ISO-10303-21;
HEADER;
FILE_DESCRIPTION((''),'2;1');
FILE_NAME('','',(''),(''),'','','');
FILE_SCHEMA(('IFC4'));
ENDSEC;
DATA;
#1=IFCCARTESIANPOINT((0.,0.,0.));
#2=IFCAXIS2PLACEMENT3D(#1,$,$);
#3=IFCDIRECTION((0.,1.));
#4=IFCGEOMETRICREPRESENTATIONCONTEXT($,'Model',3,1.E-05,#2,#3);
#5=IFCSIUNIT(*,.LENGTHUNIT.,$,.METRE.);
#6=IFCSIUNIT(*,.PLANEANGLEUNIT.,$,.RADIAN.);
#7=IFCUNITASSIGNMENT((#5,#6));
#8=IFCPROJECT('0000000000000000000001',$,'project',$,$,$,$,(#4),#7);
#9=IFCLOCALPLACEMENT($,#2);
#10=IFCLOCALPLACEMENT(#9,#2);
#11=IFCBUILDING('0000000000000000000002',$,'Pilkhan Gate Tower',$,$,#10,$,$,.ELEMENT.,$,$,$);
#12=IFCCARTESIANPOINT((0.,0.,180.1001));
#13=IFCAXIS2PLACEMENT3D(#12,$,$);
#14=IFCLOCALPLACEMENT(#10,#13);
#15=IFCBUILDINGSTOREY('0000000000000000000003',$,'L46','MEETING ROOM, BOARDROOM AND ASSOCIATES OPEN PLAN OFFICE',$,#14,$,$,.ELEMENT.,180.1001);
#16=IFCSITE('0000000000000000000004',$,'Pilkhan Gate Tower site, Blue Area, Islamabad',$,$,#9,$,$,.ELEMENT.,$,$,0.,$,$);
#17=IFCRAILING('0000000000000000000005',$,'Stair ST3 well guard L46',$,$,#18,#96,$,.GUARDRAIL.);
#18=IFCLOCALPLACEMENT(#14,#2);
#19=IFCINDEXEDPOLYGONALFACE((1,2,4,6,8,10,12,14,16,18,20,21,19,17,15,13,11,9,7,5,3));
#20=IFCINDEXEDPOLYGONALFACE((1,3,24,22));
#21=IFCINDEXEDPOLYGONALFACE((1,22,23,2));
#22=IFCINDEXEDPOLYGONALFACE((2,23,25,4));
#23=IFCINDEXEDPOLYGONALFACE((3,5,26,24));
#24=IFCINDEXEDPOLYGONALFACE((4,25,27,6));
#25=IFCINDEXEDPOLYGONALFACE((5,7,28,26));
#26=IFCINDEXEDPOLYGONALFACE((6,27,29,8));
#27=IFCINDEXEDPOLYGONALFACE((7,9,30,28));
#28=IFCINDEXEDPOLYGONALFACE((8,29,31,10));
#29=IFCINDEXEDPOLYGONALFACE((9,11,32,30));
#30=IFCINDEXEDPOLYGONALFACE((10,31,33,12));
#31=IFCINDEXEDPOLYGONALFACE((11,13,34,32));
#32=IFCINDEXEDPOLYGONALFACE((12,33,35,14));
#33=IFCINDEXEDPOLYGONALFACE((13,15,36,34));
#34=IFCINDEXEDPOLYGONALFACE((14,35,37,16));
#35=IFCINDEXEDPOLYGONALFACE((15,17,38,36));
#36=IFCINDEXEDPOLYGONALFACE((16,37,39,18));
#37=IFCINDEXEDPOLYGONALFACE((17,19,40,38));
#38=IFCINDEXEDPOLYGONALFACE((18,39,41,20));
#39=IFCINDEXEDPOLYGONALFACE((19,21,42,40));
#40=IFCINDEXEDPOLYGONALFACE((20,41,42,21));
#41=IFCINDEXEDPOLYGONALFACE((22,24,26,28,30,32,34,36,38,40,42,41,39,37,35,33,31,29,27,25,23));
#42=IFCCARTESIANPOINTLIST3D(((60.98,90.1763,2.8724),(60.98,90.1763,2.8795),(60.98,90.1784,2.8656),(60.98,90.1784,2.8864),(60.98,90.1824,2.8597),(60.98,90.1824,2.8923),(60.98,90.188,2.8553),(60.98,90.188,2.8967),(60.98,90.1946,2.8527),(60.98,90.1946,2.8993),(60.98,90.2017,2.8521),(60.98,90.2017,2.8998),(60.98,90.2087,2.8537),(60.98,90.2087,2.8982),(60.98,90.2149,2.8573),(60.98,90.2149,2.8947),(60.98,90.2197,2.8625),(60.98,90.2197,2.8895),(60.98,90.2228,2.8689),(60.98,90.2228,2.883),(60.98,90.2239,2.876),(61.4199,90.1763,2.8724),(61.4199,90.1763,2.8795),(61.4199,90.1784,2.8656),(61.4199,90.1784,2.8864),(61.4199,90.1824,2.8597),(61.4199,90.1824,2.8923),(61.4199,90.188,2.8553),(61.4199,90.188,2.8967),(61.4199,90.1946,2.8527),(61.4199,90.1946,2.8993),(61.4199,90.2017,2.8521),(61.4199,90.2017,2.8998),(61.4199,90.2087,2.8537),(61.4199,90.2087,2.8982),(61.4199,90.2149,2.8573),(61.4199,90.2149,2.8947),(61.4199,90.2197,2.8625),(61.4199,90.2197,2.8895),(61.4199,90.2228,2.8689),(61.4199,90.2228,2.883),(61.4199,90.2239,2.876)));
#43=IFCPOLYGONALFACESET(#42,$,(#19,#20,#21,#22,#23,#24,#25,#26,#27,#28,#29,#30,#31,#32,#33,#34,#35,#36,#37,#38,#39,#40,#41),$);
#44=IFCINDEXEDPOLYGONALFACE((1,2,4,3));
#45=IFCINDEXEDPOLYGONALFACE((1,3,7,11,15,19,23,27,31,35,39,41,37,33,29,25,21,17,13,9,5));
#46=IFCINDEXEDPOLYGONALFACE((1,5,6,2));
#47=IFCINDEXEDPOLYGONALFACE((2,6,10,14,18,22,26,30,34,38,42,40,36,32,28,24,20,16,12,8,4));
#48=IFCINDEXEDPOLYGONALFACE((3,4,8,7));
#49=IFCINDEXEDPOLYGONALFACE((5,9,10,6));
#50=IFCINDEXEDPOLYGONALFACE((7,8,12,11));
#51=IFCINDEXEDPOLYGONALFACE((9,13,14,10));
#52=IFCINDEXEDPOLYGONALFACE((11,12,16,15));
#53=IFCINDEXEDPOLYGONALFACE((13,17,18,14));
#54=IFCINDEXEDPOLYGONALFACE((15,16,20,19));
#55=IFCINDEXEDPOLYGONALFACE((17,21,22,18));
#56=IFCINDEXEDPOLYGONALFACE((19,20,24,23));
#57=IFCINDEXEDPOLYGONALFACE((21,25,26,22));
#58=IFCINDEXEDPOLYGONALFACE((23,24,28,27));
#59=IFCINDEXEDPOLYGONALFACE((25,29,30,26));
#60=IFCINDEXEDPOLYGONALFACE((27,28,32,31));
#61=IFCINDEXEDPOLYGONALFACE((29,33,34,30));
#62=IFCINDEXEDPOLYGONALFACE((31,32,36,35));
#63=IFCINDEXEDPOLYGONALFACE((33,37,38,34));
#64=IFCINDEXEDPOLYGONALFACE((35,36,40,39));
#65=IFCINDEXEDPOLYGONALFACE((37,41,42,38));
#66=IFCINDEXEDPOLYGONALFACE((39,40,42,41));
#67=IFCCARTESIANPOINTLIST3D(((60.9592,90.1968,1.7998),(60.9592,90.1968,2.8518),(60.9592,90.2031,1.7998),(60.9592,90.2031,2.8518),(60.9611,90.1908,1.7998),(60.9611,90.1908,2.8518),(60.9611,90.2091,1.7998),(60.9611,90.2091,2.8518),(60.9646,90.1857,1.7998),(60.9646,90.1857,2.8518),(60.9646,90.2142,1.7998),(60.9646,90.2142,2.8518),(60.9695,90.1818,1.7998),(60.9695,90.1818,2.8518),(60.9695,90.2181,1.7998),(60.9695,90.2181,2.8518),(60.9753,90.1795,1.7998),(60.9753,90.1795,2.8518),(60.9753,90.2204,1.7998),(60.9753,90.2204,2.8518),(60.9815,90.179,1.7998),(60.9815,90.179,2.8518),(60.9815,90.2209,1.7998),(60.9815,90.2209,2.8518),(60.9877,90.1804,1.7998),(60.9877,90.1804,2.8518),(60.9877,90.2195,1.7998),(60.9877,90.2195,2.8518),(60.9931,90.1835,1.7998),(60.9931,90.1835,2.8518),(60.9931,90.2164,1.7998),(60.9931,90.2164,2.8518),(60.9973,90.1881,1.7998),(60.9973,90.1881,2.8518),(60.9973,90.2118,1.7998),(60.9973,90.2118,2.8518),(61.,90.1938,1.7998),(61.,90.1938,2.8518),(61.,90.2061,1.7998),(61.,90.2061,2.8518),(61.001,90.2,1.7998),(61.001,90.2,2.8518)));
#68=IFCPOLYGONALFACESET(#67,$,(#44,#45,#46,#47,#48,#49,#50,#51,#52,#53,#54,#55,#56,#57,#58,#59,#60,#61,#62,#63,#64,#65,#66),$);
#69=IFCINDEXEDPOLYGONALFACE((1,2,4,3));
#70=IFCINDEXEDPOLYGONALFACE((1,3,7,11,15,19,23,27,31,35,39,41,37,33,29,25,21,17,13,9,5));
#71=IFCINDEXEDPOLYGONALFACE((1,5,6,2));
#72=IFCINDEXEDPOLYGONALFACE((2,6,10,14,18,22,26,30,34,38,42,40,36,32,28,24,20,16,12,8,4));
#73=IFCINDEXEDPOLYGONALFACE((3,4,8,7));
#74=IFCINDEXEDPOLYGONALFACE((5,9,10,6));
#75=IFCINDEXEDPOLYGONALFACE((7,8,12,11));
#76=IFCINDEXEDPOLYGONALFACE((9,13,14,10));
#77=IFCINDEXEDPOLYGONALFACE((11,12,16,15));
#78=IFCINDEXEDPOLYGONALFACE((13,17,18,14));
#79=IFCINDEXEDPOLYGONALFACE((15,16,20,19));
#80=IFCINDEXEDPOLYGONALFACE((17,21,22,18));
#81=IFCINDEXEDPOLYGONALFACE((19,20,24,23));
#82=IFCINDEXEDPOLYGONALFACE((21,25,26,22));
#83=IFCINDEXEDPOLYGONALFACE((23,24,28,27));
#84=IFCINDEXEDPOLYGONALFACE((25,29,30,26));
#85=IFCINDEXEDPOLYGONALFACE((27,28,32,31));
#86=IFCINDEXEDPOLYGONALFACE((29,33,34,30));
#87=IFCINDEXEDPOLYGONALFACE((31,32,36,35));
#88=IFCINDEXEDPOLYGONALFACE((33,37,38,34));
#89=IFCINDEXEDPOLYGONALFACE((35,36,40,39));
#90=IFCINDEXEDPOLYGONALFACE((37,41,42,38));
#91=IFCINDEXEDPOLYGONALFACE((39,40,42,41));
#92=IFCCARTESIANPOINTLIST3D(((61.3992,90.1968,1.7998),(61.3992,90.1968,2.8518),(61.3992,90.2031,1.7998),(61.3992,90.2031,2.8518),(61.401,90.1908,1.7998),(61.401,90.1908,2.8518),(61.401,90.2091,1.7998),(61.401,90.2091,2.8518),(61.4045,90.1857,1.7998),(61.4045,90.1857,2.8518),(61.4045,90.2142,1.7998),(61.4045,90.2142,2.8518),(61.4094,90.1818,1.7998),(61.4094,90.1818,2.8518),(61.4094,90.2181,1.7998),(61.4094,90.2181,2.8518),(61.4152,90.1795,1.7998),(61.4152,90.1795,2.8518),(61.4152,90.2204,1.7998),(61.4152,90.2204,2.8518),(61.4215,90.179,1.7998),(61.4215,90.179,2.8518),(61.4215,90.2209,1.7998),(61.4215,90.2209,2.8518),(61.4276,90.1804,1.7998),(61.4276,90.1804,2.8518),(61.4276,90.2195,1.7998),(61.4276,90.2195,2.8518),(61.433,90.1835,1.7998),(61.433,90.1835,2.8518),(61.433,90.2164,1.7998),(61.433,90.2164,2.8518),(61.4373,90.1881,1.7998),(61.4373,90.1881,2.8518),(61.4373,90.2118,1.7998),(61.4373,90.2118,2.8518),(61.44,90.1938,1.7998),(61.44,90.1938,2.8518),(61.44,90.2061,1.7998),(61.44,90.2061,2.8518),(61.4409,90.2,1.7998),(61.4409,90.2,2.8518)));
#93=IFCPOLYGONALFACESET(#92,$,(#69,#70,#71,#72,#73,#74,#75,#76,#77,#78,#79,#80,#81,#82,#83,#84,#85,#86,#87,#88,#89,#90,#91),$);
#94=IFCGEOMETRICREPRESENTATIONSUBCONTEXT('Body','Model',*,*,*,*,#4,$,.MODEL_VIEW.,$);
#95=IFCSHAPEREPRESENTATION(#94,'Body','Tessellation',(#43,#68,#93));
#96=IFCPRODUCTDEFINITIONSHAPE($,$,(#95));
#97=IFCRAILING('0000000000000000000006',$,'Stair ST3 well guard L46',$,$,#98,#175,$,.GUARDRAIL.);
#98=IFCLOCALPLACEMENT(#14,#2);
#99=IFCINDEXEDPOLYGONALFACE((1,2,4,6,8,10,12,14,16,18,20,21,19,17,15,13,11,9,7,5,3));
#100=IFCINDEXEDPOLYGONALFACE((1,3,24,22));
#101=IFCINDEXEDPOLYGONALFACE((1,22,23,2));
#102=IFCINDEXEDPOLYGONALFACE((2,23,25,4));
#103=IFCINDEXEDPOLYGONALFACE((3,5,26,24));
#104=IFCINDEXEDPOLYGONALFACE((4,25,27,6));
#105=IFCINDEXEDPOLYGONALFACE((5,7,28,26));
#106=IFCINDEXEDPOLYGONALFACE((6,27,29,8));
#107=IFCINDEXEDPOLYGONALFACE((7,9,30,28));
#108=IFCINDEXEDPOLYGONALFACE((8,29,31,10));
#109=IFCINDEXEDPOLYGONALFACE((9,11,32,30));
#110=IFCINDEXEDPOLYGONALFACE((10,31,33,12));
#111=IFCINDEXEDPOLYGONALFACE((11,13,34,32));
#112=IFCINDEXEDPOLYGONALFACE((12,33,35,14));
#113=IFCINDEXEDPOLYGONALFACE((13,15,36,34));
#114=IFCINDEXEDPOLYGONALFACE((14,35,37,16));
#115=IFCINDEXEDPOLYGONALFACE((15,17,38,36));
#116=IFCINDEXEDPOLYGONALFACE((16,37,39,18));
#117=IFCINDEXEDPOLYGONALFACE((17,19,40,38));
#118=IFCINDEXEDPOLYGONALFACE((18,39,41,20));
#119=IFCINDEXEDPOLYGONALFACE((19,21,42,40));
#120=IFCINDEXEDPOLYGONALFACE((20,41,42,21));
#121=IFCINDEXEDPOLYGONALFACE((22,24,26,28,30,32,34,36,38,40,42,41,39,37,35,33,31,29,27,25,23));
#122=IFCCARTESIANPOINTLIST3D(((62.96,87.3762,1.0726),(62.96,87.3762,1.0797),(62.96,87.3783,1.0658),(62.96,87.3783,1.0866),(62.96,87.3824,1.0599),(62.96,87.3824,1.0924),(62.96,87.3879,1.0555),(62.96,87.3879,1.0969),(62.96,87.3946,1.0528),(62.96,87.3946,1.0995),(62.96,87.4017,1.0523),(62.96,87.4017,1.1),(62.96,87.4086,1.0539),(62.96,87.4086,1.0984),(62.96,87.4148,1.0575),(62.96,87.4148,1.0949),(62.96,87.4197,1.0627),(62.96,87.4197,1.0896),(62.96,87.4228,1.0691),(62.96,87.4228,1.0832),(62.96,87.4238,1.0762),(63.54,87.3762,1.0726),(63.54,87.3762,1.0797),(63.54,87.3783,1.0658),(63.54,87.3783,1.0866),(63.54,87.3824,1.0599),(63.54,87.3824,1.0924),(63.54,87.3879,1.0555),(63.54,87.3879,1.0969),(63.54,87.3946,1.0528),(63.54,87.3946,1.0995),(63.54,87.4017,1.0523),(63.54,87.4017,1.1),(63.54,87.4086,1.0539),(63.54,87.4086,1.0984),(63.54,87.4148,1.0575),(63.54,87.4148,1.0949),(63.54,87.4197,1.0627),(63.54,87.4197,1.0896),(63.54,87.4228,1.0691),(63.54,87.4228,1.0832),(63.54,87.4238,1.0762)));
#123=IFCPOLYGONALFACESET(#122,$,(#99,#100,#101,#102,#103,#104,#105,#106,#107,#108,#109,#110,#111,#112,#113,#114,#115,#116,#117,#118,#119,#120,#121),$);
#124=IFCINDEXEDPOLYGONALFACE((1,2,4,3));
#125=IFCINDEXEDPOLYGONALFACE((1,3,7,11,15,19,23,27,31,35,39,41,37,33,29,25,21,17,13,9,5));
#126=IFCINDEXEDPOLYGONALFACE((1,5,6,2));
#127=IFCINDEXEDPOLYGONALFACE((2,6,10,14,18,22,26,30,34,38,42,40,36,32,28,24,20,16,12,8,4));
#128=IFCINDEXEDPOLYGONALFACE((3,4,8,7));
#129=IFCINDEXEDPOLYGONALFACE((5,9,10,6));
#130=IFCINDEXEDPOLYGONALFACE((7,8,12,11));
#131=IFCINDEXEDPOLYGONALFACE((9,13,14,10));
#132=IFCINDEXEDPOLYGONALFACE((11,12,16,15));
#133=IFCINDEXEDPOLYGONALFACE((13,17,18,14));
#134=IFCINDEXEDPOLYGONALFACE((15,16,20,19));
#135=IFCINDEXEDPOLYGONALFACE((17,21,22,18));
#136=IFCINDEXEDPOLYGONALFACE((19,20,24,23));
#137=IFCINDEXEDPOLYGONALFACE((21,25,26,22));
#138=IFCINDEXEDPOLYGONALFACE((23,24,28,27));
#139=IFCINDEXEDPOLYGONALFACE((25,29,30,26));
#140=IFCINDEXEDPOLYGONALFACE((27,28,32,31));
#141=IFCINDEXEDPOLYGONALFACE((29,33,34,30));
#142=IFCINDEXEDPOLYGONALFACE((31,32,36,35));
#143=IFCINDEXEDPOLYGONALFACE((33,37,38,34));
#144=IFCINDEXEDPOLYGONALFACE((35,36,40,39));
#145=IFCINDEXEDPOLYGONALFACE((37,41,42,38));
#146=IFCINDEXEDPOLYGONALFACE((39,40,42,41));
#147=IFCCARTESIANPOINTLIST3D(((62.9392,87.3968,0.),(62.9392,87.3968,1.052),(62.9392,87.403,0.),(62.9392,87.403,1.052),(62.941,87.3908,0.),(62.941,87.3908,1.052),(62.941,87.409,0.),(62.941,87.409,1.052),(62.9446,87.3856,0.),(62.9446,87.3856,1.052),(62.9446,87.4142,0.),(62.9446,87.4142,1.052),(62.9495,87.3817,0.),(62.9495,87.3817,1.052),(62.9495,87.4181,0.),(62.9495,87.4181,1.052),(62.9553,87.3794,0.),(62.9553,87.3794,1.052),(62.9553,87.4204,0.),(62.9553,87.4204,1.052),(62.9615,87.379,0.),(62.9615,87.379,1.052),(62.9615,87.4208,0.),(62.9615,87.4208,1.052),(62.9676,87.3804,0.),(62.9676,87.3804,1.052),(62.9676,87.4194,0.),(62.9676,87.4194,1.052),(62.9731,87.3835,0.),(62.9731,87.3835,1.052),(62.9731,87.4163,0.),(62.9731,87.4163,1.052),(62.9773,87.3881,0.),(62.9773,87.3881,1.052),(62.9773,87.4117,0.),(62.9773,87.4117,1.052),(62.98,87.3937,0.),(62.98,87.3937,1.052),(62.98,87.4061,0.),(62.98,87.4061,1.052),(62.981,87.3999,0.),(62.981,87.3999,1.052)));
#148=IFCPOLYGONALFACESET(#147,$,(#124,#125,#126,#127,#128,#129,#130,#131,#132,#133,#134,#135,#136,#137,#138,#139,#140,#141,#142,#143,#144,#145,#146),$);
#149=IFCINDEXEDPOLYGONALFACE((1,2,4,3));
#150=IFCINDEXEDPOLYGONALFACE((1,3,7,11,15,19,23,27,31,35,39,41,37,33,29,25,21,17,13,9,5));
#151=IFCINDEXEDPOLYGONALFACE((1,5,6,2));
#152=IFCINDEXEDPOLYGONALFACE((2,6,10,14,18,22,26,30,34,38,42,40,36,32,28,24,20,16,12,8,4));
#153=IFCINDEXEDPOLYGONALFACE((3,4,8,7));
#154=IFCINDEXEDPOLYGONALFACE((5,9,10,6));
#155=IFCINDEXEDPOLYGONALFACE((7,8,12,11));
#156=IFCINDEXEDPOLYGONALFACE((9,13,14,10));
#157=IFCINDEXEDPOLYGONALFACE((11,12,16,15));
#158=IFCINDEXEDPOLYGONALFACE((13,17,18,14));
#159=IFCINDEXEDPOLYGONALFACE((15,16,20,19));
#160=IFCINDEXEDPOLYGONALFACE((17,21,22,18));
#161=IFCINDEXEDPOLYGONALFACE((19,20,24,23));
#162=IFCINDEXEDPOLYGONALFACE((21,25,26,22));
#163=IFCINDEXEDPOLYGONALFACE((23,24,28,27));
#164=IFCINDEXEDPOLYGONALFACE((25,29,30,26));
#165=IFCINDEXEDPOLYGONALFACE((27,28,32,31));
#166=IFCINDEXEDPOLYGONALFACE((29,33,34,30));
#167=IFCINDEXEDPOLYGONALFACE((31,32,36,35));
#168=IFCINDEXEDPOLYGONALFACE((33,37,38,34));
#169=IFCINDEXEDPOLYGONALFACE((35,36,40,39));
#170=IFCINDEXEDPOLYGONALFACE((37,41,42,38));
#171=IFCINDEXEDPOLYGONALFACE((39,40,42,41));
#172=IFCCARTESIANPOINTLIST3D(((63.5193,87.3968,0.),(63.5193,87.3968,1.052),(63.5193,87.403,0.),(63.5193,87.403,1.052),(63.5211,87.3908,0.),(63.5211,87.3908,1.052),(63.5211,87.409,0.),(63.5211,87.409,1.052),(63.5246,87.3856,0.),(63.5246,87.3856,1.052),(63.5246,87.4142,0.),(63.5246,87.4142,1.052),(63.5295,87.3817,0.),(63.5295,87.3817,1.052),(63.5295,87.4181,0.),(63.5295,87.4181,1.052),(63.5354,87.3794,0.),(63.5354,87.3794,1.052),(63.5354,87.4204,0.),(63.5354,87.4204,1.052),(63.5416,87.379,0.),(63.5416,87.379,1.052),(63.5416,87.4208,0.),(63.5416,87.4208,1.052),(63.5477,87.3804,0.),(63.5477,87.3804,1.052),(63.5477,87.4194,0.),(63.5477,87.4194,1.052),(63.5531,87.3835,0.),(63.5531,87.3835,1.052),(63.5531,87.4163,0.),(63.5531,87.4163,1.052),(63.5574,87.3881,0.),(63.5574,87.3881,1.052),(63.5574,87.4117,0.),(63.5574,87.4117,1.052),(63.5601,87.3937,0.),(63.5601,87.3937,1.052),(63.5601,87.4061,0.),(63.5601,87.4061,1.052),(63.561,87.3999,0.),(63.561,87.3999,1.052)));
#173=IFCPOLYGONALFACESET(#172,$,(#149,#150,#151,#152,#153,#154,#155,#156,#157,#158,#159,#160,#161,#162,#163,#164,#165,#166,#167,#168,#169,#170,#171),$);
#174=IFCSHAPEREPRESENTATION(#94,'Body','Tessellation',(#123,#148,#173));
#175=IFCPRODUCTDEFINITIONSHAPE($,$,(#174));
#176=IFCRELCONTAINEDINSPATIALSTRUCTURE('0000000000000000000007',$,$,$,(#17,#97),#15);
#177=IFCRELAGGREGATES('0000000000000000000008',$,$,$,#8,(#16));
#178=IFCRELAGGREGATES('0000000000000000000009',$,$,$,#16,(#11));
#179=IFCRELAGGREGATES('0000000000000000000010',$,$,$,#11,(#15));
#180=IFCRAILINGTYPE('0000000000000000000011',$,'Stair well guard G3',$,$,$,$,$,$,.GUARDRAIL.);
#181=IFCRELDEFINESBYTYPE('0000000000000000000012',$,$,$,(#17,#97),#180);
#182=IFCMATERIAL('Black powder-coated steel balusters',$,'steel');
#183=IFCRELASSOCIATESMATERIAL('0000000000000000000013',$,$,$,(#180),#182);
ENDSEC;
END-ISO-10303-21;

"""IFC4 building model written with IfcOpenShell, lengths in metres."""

from ifc_helpers import new_model, si_unit, direction, frame, origin, origin_2d, place, context, subcontext, project, spatial, circle, extrude, material, type_object, element, save


model = new_model("IFC4")

# Units and contexts
model_context = context("Model", 3, precision=1e-05, world=origin(), true_north=direction((0.0, 1.0)))
body_context = subcontext(model_context, "Body", "Model", "MODEL_VIEW")
ifc_project = project(units=[si_unit("LENGTHUNIT", "METRE"), si_unit("PLANEANGLEUNIT", "RADIAN")], contexts=[model_context])

# Site, building, storey
site_placement = place(None, origin())
site = spatial("IfcSite", under=ifc_project, at=site_placement, Name="Pilkhan Gate Tower site, Blue Area, Islamabad", CompositionType="ELEMENT", RefElevation=0.0)
building_placement = place(site_placement, origin())
building = spatial("IfcBuilding", under=site, at=building_placement, Name="Pilkhan Gate Tower", CompositionType="ELEMENT")
storey_placement = place(building_placement, frame((0.0, 0.0, 180.1001)))
storey = spatial("IfcBuildingStorey", under=building, at=storey_placement, Name="L46", Description="MEETING ROOM, BOARDROOM AND ASSOCIATES OPEN PLAN OFFICE", CompositionType="ELEMENT", Elevation=180.1001)

# Railings
ifc_material_1 = material(Name="Black powder-coated steel balusters", Category="steel")
railing_type_1 = type_object("IfcRailingType", Name="Stair well guard G3", PredefinedType="GUARDRAIL", material=ifc_material_1)
railing_1_placement = place(storey_placement, frame((60.98, 90.2, 1.7998)))
element("IfcRailing", 1, at=railing_1_placement, inside=storey, type_object=railing_type_1, Name="Stair ST3 well guard L46", PredefinedType="GUARDRAIL", context=body_context, shape_type="SweptSolid", body=[
    extrude(circle(Radius=0.0239, at=origin_2d()), frame((0.0, 0.0, 1.0762), z_axis=(1.0, 0.0, 0.0), x_axis=(0.0, 1.0, 0.0)), (0.0, 0.0, 1.0), 0.4399),
    extrude(circle(Radius=0.021, at=origin_2d()), origin(), (0.0, 0.0, 1.0), 1.052),
    extrude(circle(Radius=0.021, at=origin_2d()), frame((0.4399, 0.0, 0.0)), (0.0, 0.0, 1.0), 1.052),
])
for number, where, name in (
    (2, (62.96, 87.3999, 0.0), "Stair ST3 well guard L46"),
):
    element("IfcRailing", number, at=place(storey_placement, frame(where)), inside=storey, type_object=railing_type_1, Name=name, PredefinedType="GUARDRAIL", context=body_context, shape_type="SweptSolid", body=[
        extrude(circle(Radius=0.0239, at=origin_2d()), frame((0.0, 0.0, 1.0762), z_axis=(1.0, 0.0, 0.0), x_axis=(0.0, 1.0, 0.0)), (0.0, 0.0, 1.0), 0.5801),
        extrude(circle(Radius=0.021, at=origin_2d()), origin(), (0.0, 0.0, 1.0), 1.052),
        extrude(circle(Radius=0.021, at=origin_2d()), frame((0.5801, 0.0, 0.0)), (0.0, 0.0, 1.0), 1.052),
    ])

save(model, "model.ifc")
